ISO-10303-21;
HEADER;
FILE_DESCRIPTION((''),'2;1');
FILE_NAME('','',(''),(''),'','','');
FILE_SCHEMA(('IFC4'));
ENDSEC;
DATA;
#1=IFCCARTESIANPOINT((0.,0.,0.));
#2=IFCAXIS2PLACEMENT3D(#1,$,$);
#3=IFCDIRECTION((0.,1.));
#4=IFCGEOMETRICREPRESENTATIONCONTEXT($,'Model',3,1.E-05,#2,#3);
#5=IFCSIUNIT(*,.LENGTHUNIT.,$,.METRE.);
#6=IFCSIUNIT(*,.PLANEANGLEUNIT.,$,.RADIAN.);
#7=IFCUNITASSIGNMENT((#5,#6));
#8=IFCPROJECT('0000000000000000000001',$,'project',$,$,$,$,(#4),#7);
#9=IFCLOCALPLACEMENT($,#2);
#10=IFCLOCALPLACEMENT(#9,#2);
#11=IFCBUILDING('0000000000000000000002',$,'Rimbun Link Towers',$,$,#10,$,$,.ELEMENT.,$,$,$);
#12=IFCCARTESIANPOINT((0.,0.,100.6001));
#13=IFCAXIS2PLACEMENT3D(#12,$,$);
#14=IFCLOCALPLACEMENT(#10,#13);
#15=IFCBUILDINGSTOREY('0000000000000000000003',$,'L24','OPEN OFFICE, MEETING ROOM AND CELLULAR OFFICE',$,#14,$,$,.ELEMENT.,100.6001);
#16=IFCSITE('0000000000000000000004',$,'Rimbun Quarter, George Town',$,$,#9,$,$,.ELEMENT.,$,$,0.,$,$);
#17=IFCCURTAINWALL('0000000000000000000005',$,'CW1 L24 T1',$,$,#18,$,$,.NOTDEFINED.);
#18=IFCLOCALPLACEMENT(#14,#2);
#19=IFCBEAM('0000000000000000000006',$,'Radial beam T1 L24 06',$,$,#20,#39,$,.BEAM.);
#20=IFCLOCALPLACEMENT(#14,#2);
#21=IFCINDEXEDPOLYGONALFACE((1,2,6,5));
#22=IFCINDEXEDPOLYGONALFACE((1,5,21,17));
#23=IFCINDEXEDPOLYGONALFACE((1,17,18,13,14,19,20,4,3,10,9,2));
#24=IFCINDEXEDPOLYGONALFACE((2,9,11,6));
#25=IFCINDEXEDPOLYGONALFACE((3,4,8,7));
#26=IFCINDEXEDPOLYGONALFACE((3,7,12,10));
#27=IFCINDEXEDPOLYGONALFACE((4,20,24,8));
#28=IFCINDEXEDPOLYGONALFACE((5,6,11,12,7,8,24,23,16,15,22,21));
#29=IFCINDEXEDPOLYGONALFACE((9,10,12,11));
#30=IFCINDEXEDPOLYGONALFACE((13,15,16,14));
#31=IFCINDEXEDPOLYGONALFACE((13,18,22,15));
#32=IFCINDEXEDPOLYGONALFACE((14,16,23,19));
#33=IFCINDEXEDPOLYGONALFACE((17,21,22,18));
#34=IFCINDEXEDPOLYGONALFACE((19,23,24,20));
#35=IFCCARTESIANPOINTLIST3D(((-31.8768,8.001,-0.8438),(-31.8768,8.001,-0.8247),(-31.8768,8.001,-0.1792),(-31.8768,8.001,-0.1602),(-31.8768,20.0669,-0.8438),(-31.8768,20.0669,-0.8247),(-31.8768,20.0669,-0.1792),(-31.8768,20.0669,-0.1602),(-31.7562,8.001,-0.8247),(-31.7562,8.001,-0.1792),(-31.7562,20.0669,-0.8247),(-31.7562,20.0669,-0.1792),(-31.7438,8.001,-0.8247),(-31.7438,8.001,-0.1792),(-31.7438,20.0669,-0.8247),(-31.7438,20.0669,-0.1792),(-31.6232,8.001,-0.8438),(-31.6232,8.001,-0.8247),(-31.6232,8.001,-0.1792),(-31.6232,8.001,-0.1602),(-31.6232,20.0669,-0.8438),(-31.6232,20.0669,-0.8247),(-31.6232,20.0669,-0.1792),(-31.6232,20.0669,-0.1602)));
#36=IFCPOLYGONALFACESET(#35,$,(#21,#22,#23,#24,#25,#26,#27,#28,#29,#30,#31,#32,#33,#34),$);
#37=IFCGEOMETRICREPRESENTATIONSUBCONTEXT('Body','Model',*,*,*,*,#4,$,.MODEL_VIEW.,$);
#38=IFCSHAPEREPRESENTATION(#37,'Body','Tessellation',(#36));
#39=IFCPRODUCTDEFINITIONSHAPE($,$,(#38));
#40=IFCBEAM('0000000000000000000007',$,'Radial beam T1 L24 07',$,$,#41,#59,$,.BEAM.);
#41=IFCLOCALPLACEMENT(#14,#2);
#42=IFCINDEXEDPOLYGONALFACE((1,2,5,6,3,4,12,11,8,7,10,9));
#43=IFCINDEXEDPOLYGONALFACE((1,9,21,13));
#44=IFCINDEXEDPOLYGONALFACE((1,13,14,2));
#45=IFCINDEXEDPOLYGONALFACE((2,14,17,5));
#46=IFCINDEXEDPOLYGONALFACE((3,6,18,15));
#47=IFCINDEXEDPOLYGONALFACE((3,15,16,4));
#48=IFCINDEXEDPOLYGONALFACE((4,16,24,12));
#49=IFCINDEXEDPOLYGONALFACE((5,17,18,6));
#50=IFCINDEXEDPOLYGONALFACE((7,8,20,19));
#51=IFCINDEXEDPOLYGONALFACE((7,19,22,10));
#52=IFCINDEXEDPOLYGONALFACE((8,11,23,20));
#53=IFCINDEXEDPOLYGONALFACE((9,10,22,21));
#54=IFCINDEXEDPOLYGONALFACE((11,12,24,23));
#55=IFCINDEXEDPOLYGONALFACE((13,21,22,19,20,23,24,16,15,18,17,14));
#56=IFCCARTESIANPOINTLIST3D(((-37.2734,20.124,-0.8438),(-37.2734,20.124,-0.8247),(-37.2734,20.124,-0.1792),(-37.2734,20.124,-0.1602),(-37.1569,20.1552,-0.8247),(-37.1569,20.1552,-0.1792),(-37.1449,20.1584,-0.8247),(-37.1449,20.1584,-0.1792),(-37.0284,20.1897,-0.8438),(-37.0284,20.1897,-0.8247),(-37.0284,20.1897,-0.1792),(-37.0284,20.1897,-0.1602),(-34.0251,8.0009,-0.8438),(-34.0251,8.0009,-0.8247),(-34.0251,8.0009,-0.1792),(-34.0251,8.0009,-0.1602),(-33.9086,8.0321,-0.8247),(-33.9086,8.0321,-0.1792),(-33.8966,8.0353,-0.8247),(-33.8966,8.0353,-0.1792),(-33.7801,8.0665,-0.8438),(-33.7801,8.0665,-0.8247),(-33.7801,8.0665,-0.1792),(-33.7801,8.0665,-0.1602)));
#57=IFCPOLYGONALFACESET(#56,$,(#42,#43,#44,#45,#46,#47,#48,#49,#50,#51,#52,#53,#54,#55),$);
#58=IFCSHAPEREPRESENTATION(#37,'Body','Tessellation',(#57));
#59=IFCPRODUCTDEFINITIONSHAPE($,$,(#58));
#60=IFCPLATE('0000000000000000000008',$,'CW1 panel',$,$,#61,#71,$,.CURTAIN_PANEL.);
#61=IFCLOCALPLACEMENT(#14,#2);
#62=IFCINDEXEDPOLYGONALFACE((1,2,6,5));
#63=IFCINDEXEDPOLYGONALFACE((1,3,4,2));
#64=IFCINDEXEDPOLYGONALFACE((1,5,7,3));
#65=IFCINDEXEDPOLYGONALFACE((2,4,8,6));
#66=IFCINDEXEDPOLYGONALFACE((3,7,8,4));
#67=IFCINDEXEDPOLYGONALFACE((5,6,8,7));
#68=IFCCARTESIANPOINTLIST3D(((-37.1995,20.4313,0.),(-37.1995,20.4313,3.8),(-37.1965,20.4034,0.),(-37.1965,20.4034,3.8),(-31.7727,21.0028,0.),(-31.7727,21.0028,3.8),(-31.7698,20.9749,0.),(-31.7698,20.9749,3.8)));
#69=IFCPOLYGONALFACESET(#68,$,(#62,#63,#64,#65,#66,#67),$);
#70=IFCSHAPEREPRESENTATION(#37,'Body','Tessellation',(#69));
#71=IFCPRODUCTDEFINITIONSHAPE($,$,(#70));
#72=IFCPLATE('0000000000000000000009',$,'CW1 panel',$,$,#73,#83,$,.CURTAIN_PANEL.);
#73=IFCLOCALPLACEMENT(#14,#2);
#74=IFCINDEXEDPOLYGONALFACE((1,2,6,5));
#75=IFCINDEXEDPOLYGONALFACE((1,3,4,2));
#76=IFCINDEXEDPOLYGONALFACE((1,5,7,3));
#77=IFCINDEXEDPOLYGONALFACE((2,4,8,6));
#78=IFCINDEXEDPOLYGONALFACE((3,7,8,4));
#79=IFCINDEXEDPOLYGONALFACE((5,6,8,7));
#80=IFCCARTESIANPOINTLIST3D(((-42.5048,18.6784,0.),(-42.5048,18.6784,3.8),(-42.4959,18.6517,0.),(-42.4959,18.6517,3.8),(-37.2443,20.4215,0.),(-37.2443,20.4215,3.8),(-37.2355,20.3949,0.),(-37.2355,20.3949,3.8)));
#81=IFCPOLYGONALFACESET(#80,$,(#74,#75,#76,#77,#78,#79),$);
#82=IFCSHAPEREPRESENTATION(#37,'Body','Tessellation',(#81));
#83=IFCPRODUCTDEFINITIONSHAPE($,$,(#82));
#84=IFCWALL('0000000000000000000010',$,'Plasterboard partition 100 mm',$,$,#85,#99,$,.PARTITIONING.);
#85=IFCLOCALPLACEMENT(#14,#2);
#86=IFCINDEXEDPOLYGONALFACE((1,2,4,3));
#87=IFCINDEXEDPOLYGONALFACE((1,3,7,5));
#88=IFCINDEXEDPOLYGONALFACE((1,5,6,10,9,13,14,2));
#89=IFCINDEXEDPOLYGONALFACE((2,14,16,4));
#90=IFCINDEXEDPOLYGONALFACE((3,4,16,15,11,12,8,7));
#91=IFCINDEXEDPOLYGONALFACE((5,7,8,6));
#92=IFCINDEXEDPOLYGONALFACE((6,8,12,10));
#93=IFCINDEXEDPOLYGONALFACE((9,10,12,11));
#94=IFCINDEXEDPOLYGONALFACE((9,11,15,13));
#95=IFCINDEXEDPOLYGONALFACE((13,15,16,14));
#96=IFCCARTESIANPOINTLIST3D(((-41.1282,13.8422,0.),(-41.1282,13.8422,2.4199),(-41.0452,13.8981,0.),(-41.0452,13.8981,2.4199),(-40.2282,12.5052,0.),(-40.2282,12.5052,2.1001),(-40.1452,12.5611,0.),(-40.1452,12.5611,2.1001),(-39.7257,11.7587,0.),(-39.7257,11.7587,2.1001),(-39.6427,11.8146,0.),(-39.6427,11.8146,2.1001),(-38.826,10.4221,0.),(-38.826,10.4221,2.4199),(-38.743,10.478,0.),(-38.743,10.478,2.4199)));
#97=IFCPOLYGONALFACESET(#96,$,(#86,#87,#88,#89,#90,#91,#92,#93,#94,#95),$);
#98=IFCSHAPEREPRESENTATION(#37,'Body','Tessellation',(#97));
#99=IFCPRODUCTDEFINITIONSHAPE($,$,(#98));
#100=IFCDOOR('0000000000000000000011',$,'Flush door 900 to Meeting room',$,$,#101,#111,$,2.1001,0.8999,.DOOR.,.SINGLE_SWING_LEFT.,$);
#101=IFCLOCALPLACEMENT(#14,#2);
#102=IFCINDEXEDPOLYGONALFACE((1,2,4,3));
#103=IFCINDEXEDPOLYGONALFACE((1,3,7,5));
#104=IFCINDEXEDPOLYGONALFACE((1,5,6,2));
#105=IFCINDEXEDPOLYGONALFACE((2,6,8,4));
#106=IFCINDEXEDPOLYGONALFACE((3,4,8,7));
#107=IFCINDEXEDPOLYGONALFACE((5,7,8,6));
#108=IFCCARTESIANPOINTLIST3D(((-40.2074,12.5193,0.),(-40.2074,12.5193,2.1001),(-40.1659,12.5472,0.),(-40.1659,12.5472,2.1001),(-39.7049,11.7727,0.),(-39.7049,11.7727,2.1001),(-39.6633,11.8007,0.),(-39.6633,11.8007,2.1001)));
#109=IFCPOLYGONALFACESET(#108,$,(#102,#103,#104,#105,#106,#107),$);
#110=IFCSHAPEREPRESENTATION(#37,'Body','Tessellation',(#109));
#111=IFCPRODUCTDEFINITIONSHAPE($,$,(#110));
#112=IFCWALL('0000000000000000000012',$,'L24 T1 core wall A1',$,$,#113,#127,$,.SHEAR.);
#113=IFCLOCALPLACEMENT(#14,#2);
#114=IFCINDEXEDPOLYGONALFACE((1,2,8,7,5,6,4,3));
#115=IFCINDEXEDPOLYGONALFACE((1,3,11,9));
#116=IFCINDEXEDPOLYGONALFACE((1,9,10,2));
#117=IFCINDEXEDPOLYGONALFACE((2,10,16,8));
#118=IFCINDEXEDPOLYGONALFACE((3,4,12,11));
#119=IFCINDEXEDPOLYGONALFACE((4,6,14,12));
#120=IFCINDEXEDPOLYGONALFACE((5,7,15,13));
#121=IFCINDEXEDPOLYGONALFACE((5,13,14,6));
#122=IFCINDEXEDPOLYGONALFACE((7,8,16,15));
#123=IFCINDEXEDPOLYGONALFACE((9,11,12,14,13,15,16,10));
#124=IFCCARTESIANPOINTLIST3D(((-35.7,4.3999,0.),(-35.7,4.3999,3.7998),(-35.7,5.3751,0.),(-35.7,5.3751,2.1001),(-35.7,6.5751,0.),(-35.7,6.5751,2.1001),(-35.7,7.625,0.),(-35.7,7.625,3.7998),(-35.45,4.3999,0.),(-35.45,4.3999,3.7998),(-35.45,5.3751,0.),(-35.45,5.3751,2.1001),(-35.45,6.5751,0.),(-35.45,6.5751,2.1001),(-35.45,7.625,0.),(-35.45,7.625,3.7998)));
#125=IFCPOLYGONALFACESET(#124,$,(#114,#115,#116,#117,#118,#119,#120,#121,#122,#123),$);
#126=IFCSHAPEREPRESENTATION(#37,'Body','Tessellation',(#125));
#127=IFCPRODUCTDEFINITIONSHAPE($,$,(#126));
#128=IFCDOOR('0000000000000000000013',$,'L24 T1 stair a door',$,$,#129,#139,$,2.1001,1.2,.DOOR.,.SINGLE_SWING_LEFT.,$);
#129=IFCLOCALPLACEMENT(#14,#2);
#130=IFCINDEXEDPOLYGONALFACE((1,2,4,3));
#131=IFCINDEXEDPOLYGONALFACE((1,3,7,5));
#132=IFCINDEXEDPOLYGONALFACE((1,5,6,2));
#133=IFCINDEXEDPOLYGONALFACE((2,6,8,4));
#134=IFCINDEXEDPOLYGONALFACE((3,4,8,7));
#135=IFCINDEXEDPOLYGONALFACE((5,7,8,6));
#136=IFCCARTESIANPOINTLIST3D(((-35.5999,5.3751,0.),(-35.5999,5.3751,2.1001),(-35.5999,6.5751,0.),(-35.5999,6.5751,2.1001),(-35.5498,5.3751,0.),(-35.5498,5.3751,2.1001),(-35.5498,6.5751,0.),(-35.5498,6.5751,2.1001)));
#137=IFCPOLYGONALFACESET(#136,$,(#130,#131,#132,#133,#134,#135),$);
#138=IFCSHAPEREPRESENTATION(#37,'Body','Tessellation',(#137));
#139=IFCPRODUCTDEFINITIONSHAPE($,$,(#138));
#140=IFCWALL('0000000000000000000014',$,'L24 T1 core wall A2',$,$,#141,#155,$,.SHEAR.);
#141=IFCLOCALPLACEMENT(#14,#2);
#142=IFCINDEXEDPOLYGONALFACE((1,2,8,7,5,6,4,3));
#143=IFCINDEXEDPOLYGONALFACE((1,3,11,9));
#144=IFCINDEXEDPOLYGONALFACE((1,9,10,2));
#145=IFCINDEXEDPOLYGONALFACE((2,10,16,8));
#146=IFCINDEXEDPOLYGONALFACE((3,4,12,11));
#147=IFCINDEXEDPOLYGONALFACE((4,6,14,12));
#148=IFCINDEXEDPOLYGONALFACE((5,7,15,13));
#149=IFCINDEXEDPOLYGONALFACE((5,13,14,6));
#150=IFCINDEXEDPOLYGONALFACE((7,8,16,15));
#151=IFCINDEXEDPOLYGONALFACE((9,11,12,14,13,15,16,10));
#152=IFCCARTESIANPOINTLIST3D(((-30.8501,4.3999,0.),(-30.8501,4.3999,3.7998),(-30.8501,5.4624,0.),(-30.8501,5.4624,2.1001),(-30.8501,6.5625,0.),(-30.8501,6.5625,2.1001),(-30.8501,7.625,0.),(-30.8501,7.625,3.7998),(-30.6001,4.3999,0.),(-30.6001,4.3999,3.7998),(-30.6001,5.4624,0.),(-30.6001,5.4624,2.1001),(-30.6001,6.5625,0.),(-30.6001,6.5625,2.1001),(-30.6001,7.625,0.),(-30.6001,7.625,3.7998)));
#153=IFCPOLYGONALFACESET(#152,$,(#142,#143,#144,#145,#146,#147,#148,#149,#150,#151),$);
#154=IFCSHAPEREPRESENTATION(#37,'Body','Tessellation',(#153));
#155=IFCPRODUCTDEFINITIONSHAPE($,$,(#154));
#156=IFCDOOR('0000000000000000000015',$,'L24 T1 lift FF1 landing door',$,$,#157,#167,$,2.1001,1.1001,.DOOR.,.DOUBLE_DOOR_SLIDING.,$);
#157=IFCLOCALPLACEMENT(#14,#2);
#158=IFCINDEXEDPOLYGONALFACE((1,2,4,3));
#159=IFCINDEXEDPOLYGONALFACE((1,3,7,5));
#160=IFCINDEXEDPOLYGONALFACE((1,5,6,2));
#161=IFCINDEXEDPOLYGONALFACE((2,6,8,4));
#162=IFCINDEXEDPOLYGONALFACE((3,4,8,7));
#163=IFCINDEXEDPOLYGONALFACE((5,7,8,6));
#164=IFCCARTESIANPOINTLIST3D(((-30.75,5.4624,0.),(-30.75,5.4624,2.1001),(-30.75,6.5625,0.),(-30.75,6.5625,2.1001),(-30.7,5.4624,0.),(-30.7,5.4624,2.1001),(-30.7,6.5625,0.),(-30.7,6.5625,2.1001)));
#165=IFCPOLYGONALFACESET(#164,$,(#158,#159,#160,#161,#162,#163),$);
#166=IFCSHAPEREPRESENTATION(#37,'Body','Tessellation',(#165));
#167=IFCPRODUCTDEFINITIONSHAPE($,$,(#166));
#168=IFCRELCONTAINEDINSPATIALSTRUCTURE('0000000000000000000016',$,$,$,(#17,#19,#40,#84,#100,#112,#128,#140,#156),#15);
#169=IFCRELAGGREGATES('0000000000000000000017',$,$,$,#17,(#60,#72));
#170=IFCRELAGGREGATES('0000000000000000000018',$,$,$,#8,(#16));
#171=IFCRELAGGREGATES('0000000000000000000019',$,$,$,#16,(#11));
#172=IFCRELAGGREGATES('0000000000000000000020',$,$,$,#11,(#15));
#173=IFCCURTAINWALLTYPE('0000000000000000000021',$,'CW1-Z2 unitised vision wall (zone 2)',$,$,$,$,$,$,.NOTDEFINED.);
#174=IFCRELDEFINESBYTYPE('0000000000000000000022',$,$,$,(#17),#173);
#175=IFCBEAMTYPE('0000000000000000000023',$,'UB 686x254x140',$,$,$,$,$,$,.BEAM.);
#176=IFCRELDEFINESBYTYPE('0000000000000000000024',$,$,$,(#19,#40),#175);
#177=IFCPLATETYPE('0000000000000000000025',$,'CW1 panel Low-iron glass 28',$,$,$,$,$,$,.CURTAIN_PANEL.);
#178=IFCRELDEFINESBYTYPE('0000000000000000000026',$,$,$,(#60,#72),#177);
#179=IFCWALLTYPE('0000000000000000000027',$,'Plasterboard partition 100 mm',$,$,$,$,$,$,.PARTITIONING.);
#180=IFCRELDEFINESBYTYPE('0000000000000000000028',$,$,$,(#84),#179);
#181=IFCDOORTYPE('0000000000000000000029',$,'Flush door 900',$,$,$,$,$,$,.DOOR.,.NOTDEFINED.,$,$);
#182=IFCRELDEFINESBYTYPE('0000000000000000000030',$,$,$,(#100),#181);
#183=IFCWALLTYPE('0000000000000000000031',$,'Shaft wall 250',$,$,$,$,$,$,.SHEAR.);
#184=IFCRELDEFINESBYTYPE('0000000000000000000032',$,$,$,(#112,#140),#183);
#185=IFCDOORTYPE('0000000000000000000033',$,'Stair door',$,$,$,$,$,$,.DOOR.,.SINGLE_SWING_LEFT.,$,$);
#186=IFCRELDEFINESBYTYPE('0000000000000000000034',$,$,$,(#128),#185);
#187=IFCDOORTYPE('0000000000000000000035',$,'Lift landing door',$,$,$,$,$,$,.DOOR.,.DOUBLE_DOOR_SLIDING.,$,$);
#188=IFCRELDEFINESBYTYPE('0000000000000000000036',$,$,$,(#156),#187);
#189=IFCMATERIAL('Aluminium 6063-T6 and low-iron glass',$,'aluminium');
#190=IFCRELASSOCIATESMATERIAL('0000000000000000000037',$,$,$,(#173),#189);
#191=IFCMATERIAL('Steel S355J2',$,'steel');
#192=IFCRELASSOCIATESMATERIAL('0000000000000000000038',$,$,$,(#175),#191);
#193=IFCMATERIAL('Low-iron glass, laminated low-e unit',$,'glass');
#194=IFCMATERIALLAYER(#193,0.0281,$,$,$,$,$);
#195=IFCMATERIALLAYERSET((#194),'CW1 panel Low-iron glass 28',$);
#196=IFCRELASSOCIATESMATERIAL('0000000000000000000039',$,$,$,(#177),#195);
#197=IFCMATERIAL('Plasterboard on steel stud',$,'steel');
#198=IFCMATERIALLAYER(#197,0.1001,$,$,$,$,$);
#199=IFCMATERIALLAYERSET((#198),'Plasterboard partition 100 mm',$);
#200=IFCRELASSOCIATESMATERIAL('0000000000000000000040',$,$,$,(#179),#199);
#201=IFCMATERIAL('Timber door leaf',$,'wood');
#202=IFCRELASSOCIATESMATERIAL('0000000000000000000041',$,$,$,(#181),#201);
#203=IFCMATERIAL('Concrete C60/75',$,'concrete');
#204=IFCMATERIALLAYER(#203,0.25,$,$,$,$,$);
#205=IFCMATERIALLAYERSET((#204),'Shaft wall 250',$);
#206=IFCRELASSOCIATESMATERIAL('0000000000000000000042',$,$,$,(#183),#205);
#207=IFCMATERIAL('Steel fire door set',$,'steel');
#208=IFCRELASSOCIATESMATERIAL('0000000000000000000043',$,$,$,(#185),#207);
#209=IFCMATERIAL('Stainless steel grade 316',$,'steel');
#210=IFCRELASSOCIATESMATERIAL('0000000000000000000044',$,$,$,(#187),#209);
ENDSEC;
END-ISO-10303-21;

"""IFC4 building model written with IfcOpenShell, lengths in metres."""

from ifc_helpers import new_model, si_unit, direction, frame, frame_2d, origin, origin_2d, place, context, subcontext, project, spatial, rectangle, i_section, extrude, material, layer, layer_set, material_profile, profile_set, type_object, element, fill, aggregate, save


model = new_model("IFC4")

# Units and contexts
model_context = context("Model", 3, precision=1e-05, world=origin(), true_north=direction((0.0, 1.0)))
body_context = subcontext(model_context, "Body", "Model", "MODEL_VIEW")
ifc_project = project(units=[si_unit("LENGTHUNIT", "METRE"), si_unit("PLANEANGLEUNIT", "RADIAN")], contexts=[model_context])

# Site, building, storey
site_placement = place(None, origin())
site = spatial("IfcSite", under=ifc_project, at=site_placement, Name="Rimbun Quarter, George Town", CompositionType="ELEMENT", RefElevation=0.0)
building_placement = place(site_placement, origin())
building = spatial("IfcBuilding", under=site, at=building_placement, Name="Rimbun Link Towers", CompositionType="ELEMENT")
storey_placement = place(building_placement, frame((0.0, 0.0, 100.6001)))
storey = spatial("IfcBuildingStorey", under=building, at=storey_placement, Name="L24", Description="OPEN OFFICE, MEETING ROOM AND CELLULAR OFFICE", CompositionType="ELEMENT", Elevation=100.6001)

# Curtain wall
ifc_material_1 = material(Name="Aluminium 6063-T6 and low-iron glass", Category="aluminium")
curtain_wall_type = type_object("IfcCurtainWallType", Name="CW1-Z2 unitised vision wall (zone 2)", PredefinedType="NOTDEFINED", material=ifc_material_1)
curtain_wall_placement = place(storey_placement, origin())
curtain_wall = element("IfcCurtainWall", 1, at=curtain_wall_placement, inside=storey, type_object=curtain_wall_type, Name="CW1 L24 T1", PredefinedType="NOTDEFINED")

# Beams
ifc_material_2 = material(Name="Steel S355J2", Category="steel")
ifc_material_profile_1 = material_profile(ifc_material_2, i_section(OverallWidth=0.2537, OverallDepth=0.6836, WebThickness=0.0125, FlangeThickness=0.019, at=origin_2d()), Name="UB 686x254x140")
ifc_profile_set_1 = profile_set([ifc_material_profile_1], Name="Steel S355J2")
beam_type_1 = type_object("IfcBeamType", Name="UB 686x254x140", PredefinedType="BEAM", material=ifc_profile_set_1)
beam_1_placement = place(storey_placement, frame((-31.75, 8.001, -0.502), z_axis=(0.0, 1.0, 0.0), x_axis=(-1.0, 0.0, 0.0)))
element("IfcBeam", 2, at=beam_1_placement, inside=storey, type_object=beam_type_1, Name="Radial beam T1 L24 06", PredefinedType="BEAM", context=body_context, shape_type="SweptSolid", body=[
    extrude(i_section(OverallWidth=0.2537, OverallDepth=0.6836, WebThickness=0.0125, FlangeThickness=0.019, at=origin_2d()), origin(), (0.0, 0.0, 1.0), 12.0659),
])
beam_2_placement = place(storey_placement, frame((-33.9026, 8.0337, -0.502), z_axis=(-0.258814, 0.965927, 0.0), x_axis=(-0.965927, -0.258814, 0.0)))
element("IfcBeam", 3, at=beam_2_placement, inside=storey, type_object=beam_type_1, Name="Radial beam T1 L24 07", PredefinedType="BEAM", context=body_context, shape_type="SweptSolid", body=[
    extrude(i_section(OverallWidth=0.2537, OverallDepth=0.6836, WebThickness=0.0125, FlangeThickness=0.019, at=origin_2d()), origin(), (0.0, 0.0, 1.0), 12.5508),
])

# Plates
ifc_material_3 = material(Name="Low-iron glass, laminated low-e unit", Category="glass")
ifc_layer_1 = layer(ifc_material_3, 0.0281)
ifc_layer_set_1 = layer_set([ifc_layer_1], Name="CW1 panel Low-iron glass 28")
plate_type = type_object("IfcPlateType", Name="CW1 panel Low-iron glass 28", PredefinedType="CURTAIN_PANEL", material=ifc_layer_set_1)
plate_1_placement = place(storey_placement, frame((-34.4846, 20.7031, 0.0), z_axis=(0.0, 0.0, 1.0), x_axis=(0.9945, 0.104735, 0.0)))
plate_1 = element("IfcPlate", 4, at=plate_1_placement, type_object=plate_type, Name="CW1 panel", PredefinedType="CURTAIN_PANEL", context=body_context, shape_type="SweptSolid", body=[
    extrude(rectangle(XDim=5.4568, YDim=0.0281, at=origin_2d()), origin(), (0.0, 0.0, 1.0), 3.8),
])
plate_2_placement = place(storey_placement, frame((-39.8701, 19.5366, 0.0), z_axis=(0.0, 0.0, 1.0), x_axis=(0.949239, 0.314556, 0.0)))
plate_2 = element("IfcPlate", 5, at=plate_2_placement, type_object=plate_type, Name="CW1 panel", PredefinedType="CURTAIN_PANEL", context=body_context, shape_type="SweptSolid", body=[
    extrude(rectangle(XDim=5.5417, YDim=0.0281, at=origin_2d()), origin(), (0.0, 0.0, 1.0), 3.8),
])
aggregate(curtain_wall, [plate_1, plate_2])

# Walls, openings, doors
ifc_material_4 = material(Name="Plasterboard on steel stud", Category="steel")
ifc_layer_2 = layer(ifc_material_4, 0.1001)
ifc_layer_set_2 = layer_set([ifc_layer_2], Name="Plasterboard partition 100 mm")
wall_type_1 = type_object("IfcWallType", Name="Plasterboard partition 100 mm", PredefinedType="PARTITIONING", material=ifc_layer_set_2)
wall_1_placement = place(storey_placement, frame((-38.7844, 10.45, 0.0), z_axis=(0.0, 0.0, 1.0), x_axis=(-0.558412, 0.829564, 0.0)))
wall_1 = element("IfcWall", 6, at=wall_1_placement, inside=storey, type_object=wall_type_1, Name="Plasterboard partition 100 mm", PredefinedType="PARTITIONING", context=body_context, shape_type="SweptSolid", body=[
    extrude(rectangle(XDim=4.1228, YDim=0.1001, at=frame_2d((2.0615, 0.0))), origin(), (0.0, 0.0, 1.0), 2.4199),
])
opening_1_placement = place(wall_1_placement, frame((1.6113, 0.0, 0.0)))
opening_1 = element("IfcOpeningElement", 7, at=opening_1_placement, cuts=wall_1, PredefinedType="OPENING", context=body_context, shape_type="SweptSolid", body=[
    extrude(rectangle(XDim=0.8999, YDim=2.1001, at=frame_2d((0.45, 1.05))), frame((0.0, 0.0601, 0.0), z_axis=(0.0, -1.0, 0.0), x_axis=(1.0, 0.0, 0.0)), (0.0, 0.0, 1.0), 0.1201),
])
ifc_material_5 = material(Name="Timber door leaf", Category="wood")
door_type_1 = type_object("IfcDoorType", Name="Flush door 900", OperationType="NOTDEFINED", PredefinedType="DOOR", material=ifc_material_5)
door_1_placement = place(opening_1_placement, origin())
door_1 = element("IfcDoor", 8, at=door_1_placement, inside=storey, type_object=door_type_1, Name="Flush door 900 to Meeting room", OperationType="SINGLE_SWING_LEFT", OverallHeight=2.1001, OverallWidth=0.8999, PredefinedType="DOOR", context=body_context, shape_type="SweptSolid", body=[
    extrude(rectangle(XDim=0.8999, YDim=2.1001, at=frame_2d((0.45, 1.05))), frame((0.0, 0.0249, 0.0), z_axis=(0.0, -1.0, 0.0), x_axis=(1.0, 0.0, 0.0)), (0.0, 0.0, 1.0), 0.05),
])
fill(opening_1, door_1)
ifc_material_6 = material(Name="Concrete C60/75", Category="concrete")
ifc_layer_3 = layer(ifc_material_6, 0.25)
ifc_layer_set_3 = layer_set([ifc_layer_3], Name="Shaft wall 250")
wall_type_2 = type_object("IfcWallType", Name="Shaft wall 250", PredefinedType="SHEAR", material=ifc_layer_set_3)
wall_2_placement = place(storey_placement, frame((-35.575, 4.3999, 0.0), z_axis=(0.0, 0.0, 1.0), x_axis=(0.0, 1.0, 0.0)))
wall_2 = element("IfcWall", 9, at=wall_2_placement, inside=storey, type_object=wall_type_2, Name="L24 T1 core wall A1", PredefinedType="SHEAR", context=body_context, shape_type="SweptSolid", body=[
    extrude(rectangle(XDim=3.2251, YDim=0.25, at=frame_2d((1.6125, 0.0))), origin(), (0.0, 0.0, 1.0), 3.7998),
])
opening_2_placement = place(wall_2_placement, frame((0.9751, 0.0, 0.0)))
opening_2 = element("IfcOpeningElement", 10, at=opening_2_placement, cuts=wall_2, PredefinedType="OPENING", context=body_context, shape_type="SweptSolid", body=[
    extrude(rectangle(XDim=1.2, YDim=2.1001, at=frame_2d((0.6001, 1.05))), frame((0.0, 0.135, 0.0), z_axis=(0.0, -1.0, 0.0), x_axis=(1.0, 0.0, 0.0)), (0.0, 0.0, 1.0), 0.27),
])
ifc_material_7 = material(Name="Steel fire door set", Category="steel")
door_type_2 = type_object("IfcDoorType", Name="Stair door", OperationType="SINGLE_SWING_LEFT", PredefinedType="DOOR", material=ifc_material_7)
door_2_placement = place(opening_2_placement, origin())
door_2 = element("IfcDoor", 11, at=door_2_placement, inside=storey, type_object=door_type_2, Name="L24 T1 stair a door", OperationType="SINGLE_SWING_LEFT", OverallHeight=2.1001, OverallWidth=1.2, PredefinedType="DOOR", context=body_context, shape_type="SweptSolid", body=[
    extrude(rectangle(XDim=1.2, YDim=2.1001, at=frame_2d((0.6001, 1.05))), frame((0.0, 0.0249, 0.0), z_axis=(0.0, -1.0, 0.0), x_axis=(1.0, 0.0, 0.0)), (0.0, 0.0, 1.0), 0.05),
])
fill(opening_2, door_2)
wall_3_placement = place(storey_placement, frame((-30.7251, 4.3999, 0.0), z_axis=(0.0, 0.0, 1.0), x_axis=(0.0, 1.0, 0.0)))
wall_3 = element("IfcWall", 12, at=wall_3_placement, inside=storey, type_object=wall_type_2, Name="L24 T1 core wall A2", PredefinedType="SHEAR", context=body_context, shape_type="SweptSolid", body=[
    extrude(rectangle(XDim=3.2251, YDim=0.25, at=frame_2d((1.6125, 0.0))), origin(), (0.0, 0.0, 1.0), 3.7998),
])
opening_3_placement = place(wall_3_placement, frame((1.0625, 0.0, 0.0)))
opening_3 = element("IfcOpeningElement", 13, at=opening_3_placement, cuts=wall_3, PredefinedType="OPENING", context=body_context, shape_type="SweptSolid", body=[
    extrude(rectangle(XDim=1.1001, YDim=2.1001, at=frame_2d((0.55, 1.05))), frame((0.0, 0.135, 0.0), z_axis=(0.0, -1.0, 0.0), x_axis=(1.0, 0.0, 0.0)), (0.0, 0.0, 1.0), 0.27),
])
ifc_material_8 = material(Name="Stainless steel grade 316", Category="steel")
door_type_3 = type_object("IfcDoorType", Name="Lift landing door", OperationType="DOUBLE_DOOR_SLIDING", PredefinedType="DOOR", material=ifc_material_8)
door_3_placement = place(opening_3_placement, origin())
door_3 = element("IfcDoor", 14, at=door_3_placement, inside=storey, type_object=door_type_3, Name="L24 T1 lift FF1 landing door", OperationType="DOUBLE_DOOR_SLIDING", OverallHeight=2.1001, OverallWidth=1.1001, PredefinedType="DOOR", context=body_context, shape_type="SweptSolid", body=[
    extrude(rectangle(XDim=1.1001, YDim=2.1001, at=frame_2d((0.55, 1.05))), frame((0.0, 0.0249, 0.0), z_axis=(0.0, -1.0, 0.0), x_axis=(1.0, 0.0, 0.0)), (0.0, 0.0, 1.0), 0.05),
])
fill(opening_3, door_3)

save(model, "model.ifc")
